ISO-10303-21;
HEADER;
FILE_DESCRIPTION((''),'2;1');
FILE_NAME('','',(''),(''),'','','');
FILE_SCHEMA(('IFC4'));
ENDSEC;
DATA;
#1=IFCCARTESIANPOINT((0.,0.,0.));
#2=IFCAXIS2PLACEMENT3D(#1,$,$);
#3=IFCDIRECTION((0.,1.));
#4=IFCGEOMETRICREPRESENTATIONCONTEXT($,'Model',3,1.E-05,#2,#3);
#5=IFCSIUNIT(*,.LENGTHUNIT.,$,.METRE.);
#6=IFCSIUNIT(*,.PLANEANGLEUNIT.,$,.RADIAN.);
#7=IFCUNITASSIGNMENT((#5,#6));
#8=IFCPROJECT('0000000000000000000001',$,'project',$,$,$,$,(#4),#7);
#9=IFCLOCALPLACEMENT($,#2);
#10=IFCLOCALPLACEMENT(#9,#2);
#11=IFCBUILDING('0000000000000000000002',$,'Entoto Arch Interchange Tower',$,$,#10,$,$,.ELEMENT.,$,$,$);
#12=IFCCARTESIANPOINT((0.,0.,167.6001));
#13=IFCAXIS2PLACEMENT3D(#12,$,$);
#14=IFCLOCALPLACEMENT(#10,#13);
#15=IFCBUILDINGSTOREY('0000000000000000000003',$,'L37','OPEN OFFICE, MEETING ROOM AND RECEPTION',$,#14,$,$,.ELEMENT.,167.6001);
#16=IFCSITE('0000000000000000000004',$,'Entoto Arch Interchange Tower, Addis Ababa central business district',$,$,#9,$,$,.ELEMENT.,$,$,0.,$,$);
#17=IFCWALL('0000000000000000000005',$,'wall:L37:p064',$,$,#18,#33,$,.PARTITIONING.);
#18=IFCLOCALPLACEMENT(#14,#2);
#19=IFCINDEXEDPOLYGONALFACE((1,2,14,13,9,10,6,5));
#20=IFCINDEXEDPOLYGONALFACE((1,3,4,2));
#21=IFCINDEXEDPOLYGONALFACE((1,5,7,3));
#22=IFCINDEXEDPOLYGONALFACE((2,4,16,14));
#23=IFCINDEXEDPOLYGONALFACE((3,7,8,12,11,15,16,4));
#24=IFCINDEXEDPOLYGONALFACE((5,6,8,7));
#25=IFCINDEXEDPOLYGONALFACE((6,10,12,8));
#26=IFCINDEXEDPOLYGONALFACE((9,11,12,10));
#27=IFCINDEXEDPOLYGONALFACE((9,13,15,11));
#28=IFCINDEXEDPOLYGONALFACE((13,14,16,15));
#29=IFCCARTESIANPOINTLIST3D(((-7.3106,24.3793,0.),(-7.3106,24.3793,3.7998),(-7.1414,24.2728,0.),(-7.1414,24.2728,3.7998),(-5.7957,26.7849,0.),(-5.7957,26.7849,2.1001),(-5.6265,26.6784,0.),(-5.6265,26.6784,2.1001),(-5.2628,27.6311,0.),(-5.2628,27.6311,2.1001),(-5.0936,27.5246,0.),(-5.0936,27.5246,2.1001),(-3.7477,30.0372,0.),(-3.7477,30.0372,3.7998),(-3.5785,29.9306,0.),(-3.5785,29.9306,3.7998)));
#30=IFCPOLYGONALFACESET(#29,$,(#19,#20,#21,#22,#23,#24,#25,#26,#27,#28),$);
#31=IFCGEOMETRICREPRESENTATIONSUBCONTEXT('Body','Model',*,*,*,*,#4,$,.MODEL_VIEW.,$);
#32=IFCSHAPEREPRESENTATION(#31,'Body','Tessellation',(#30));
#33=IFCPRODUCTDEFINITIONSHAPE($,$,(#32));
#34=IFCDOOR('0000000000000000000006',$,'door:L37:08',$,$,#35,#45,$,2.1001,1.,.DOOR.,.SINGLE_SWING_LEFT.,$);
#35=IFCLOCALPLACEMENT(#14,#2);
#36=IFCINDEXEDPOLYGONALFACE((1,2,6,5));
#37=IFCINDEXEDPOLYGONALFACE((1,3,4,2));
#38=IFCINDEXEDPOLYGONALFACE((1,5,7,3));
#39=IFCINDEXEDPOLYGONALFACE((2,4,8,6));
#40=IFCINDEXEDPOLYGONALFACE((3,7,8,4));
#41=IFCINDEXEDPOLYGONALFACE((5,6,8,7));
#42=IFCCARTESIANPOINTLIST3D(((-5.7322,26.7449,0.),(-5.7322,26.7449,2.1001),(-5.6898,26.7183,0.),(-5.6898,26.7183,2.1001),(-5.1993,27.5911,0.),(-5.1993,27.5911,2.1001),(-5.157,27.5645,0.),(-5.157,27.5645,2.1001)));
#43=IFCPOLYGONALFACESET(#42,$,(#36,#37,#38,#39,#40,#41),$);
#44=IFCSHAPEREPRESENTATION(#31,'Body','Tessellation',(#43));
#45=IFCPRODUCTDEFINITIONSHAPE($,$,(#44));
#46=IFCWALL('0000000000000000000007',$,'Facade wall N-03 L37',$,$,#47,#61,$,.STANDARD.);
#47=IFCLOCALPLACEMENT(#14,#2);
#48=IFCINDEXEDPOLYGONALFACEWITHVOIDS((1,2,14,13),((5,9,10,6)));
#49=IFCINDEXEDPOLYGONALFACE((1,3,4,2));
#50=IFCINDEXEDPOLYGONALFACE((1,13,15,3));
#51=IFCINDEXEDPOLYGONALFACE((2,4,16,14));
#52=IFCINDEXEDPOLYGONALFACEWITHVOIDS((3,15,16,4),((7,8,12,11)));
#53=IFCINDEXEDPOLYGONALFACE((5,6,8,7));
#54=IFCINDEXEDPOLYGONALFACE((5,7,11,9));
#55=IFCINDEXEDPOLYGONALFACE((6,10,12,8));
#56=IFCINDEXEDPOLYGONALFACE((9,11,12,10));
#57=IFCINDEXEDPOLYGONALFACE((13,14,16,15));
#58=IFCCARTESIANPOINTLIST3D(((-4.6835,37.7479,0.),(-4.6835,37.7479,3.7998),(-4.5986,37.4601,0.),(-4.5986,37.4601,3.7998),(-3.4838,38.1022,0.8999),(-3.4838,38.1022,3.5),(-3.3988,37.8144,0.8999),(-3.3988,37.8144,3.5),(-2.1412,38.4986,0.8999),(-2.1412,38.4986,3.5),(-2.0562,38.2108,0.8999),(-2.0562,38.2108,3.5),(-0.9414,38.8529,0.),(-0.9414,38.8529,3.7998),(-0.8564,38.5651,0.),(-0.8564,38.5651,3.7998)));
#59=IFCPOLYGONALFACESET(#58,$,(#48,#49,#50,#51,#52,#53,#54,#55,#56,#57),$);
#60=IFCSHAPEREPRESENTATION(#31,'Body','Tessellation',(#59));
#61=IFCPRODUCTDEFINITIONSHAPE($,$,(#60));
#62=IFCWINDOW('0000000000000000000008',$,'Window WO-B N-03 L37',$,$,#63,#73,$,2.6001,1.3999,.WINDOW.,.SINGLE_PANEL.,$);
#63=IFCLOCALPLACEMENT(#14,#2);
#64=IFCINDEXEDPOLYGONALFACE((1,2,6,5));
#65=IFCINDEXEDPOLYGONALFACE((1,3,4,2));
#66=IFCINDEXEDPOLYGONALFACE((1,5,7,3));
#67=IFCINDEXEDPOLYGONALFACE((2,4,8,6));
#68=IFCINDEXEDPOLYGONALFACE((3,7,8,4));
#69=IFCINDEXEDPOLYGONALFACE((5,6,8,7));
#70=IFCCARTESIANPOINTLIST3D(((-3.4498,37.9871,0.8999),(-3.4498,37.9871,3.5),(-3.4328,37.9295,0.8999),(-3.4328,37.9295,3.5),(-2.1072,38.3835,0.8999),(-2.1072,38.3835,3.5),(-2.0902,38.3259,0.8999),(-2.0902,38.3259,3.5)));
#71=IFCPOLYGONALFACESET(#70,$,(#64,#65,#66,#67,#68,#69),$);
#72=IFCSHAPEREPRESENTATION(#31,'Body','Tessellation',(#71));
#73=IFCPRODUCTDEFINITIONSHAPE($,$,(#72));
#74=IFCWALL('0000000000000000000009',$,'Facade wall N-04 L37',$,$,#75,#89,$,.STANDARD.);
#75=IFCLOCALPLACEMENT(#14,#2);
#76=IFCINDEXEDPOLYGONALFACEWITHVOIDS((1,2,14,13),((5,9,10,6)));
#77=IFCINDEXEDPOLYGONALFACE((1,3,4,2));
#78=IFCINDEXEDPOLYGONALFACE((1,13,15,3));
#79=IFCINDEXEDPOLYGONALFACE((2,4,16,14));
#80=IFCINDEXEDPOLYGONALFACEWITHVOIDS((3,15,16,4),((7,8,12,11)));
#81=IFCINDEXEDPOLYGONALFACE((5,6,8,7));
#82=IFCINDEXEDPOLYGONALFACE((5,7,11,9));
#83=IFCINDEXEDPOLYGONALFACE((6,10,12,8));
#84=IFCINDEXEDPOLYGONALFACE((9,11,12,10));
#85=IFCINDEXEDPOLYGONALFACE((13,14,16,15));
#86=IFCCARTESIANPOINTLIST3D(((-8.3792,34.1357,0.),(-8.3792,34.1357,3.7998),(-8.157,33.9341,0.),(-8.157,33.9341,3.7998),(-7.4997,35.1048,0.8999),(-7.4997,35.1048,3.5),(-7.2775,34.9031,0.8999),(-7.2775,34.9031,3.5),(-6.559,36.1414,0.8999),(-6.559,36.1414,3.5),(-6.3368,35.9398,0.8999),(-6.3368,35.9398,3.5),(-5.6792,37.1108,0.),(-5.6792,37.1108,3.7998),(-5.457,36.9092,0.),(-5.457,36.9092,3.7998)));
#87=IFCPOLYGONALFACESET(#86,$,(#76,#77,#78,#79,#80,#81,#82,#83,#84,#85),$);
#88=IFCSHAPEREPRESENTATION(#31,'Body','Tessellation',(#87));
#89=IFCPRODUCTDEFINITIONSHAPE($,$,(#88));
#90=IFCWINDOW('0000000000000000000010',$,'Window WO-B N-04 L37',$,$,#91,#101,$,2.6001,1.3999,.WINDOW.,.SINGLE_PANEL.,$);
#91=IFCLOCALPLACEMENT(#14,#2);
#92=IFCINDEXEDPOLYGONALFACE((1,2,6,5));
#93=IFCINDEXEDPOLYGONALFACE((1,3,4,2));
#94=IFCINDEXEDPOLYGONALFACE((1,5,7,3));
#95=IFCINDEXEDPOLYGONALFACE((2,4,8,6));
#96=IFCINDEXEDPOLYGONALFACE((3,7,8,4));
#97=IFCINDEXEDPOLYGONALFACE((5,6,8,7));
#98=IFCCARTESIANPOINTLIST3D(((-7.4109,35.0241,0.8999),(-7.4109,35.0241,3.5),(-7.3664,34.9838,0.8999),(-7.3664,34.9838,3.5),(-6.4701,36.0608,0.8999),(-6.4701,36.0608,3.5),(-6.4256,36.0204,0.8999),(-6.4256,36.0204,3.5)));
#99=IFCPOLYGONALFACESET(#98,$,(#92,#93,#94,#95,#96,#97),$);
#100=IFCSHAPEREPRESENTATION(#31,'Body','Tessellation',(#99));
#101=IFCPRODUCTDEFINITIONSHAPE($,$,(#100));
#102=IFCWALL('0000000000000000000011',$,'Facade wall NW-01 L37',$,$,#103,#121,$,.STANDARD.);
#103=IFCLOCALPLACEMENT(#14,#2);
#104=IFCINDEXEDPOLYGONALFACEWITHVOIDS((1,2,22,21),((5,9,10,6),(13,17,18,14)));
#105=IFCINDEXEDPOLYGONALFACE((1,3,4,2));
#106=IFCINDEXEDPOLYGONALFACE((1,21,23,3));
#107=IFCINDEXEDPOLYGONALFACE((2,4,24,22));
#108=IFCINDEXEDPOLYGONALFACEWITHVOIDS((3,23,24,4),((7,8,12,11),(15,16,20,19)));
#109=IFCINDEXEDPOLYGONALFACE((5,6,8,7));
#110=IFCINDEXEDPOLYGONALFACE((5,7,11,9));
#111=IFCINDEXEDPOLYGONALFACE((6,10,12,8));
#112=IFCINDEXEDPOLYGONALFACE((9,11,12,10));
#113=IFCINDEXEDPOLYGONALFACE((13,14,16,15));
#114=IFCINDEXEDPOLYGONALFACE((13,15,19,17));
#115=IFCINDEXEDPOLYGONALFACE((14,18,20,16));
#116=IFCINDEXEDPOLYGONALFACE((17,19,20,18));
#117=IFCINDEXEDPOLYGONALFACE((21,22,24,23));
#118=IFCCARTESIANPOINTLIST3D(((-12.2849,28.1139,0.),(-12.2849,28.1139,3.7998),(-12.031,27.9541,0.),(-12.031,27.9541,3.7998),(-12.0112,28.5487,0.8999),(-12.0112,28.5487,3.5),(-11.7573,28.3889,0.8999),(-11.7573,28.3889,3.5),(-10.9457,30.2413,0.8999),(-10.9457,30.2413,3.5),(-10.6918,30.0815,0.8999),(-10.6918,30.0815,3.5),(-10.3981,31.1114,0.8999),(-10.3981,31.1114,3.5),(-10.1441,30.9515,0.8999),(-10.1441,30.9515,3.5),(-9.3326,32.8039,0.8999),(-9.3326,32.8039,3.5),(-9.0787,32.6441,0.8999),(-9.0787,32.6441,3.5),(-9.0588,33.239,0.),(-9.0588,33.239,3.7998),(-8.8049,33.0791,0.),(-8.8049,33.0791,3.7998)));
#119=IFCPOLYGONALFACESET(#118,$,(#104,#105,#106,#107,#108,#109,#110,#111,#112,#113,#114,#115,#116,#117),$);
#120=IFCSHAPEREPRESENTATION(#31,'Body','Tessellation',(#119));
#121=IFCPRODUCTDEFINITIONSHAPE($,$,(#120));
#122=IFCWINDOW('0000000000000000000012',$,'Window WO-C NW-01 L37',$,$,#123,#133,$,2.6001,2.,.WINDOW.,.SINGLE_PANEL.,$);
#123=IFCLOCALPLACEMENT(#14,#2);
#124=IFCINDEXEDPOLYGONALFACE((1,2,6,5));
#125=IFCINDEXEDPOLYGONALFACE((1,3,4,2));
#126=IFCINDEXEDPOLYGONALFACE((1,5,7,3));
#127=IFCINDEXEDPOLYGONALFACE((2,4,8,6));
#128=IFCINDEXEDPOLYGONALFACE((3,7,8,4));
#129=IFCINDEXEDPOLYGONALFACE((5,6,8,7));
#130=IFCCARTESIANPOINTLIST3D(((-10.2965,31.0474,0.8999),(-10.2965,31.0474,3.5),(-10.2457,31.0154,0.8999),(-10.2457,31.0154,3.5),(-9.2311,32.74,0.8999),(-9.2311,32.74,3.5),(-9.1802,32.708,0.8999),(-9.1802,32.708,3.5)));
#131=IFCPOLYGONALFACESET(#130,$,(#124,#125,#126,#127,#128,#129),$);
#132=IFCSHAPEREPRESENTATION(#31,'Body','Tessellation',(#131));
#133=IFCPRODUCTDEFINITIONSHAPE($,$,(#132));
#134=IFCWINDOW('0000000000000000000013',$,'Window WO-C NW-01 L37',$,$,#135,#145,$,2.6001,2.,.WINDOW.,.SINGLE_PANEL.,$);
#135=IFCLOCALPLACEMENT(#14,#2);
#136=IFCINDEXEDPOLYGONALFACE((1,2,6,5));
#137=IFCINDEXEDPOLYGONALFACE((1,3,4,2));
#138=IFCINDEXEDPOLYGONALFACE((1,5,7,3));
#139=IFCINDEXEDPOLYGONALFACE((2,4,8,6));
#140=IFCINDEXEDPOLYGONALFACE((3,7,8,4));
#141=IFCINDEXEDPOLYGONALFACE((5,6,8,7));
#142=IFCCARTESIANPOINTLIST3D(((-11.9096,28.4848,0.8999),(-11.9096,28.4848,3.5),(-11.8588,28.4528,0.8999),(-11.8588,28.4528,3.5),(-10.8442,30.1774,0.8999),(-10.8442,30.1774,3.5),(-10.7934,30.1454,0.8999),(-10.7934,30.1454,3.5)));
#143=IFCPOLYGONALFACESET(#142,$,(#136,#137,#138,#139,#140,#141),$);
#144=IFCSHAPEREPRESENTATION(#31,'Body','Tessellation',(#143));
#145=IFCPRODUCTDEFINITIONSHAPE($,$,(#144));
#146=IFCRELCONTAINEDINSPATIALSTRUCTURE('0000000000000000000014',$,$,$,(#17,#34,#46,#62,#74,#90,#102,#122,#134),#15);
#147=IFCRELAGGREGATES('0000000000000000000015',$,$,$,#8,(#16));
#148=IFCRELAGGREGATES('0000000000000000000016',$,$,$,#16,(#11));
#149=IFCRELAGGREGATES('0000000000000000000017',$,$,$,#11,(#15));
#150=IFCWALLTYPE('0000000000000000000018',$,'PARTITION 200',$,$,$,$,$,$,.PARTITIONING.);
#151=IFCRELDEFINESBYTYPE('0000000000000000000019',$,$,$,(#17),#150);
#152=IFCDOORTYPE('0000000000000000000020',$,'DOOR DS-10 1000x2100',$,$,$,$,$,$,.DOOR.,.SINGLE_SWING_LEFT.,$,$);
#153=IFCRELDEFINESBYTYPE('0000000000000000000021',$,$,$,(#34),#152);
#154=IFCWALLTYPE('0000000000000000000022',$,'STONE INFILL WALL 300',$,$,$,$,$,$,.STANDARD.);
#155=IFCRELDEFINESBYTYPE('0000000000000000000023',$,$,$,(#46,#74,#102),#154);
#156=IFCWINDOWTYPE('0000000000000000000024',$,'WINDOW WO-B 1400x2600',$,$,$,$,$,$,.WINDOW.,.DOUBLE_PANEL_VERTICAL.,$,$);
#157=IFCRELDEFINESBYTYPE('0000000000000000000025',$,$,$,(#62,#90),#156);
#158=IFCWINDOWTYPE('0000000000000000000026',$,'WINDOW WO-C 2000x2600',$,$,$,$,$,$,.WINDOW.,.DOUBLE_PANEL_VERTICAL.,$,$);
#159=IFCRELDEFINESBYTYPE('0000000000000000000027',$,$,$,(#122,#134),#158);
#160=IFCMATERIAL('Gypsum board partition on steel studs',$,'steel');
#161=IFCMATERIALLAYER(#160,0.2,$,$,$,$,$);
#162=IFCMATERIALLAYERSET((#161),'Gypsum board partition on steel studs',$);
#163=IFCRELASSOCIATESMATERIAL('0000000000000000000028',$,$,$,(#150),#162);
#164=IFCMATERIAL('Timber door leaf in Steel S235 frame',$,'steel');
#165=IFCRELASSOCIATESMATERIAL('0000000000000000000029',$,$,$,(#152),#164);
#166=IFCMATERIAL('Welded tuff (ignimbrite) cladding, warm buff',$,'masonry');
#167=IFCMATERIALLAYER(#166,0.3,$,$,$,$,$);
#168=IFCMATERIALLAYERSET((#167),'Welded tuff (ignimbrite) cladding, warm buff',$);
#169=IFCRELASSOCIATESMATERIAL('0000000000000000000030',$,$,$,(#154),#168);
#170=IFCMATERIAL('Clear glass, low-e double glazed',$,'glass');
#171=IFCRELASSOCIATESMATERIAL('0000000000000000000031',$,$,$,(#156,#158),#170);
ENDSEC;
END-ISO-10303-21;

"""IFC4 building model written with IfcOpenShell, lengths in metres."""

from ifc_helpers import new_model, si_unit, direction, frame, frame_2d, origin, place, context, subcontext, project, spatial, rectangle, extrude, material, layer, layer_set, type_object, element, fill, save


model = new_model("IFC4")

# Units and contexts
model_context = context("Model", 3, precision=1e-05, world=origin(), true_north=direction((0.0, 1.0)))
body_context = subcontext(model_context, "Body", "Model", "MODEL_VIEW")
ifc_project = project(units=[si_unit("LENGTHUNIT", "METRE"), si_unit("PLANEANGLEUNIT", "RADIAN")], contexts=[model_context])

# Site, building, storey
site_placement = place(None, origin())
site = spatial("IfcSite", under=ifc_project, at=site_placement, Name="Entoto Arch Interchange Tower, Addis Ababa central business district", CompositionType="ELEMENT", RefElevation=0.0)
building_placement = place(site_placement, origin())
building = spatial("IfcBuilding", under=site, at=building_placement, Name="Entoto Arch Interchange Tower", CompositionType="ELEMENT")
storey_placement = place(building_placement, frame((0.0, 0.0, 167.6001)))
storey = spatial("IfcBuildingStorey", under=building, at=storey_placement, Name="L37", Description="OPEN OFFICE, MEETING ROOM AND RECEPTION", CompositionType="ELEMENT", Elevation=167.6001)

# Shared definitions
ifc_material_1 = material(Name="Gypsum board partition on steel studs", Category="steel")
ifc_layer_1 = layer(ifc_material_1, 0.2)
ifc_layer_set_1 = layer_set([ifc_layer_1], Name="Gypsum board partition on steel studs")
wall_type_1 = type_object("IfcWallType", Name="PARTITION 200", PredefinedType="PARTITIONING", material=ifc_layer_set_1)

# Wall, opening, door
wall_1_placement = place(storey_placement, frame((-7.2261, 24.3259, 0.0), z_axis=(0.0, 0.0, 1.0), x_axis=(0.532874, 0.846194, 0.0)))
wall_1 = element("IfcWall", 1, at=wall_1_placement, inside=storey, type_object=wall_type_1, Name="wall:L37:p064", PredefinedType="PARTITIONING", context=body_context, shape_type="SweptSolid", body=[
    extrude(rectangle(XDim=6.6863, YDim=0.2, at=frame_2d((3.3433, 0.0))), origin(), (0.0, 0.0, 1.0), 3.7998),
])
opening_1_placement = place(wall_1_placement, frame((2.843, 0.0, 0.0)))
opening_1 = element("IfcOpeningElement", 2, at=opening_1_placement, cuts=wall_1, PredefinedType="OPENING", context=body_context, shape_type="SweptSolid", body=[
    extrude(rectangle(XDim=1.0, YDim=2.1001, at=frame_2d((0.5, 1.05))), frame((0.0, 0.1099, 0.0), z_axis=(0.0, -1.0, 0.0), x_axis=(1.0, 0.0, 0.0)), (0.0, 0.0, 1.0), 0.22),
])
ifc_material_2 = material(Name="Timber door leaf in Steel S235 frame", Category="steel")
door_type = type_object("IfcDoorType", Name="DOOR DS-10 1000x2100", OperationType="SINGLE_SWING_LEFT", PredefinedType="DOOR", material=ifc_material_2)
door_placement = place(opening_1_placement, origin())
door = element("IfcDoor", 3, at=door_placement, inside=storey, type_object=door_type, Name="door:L37:08", OperationType="SINGLE_SWING_LEFT", OverallHeight=2.1001, OverallWidth=1.0, PredefinedType="DOOR", context=body_context, shape_type="SweptSolid", body=[
    extrude(rectangle(XDim=1.0, YDim=2.1001, at=frame_2d((0.5, 1.05))), frame((0.0, 0.0249, 0.0), z_axis=(0.0, -1.0, 0.0), x_axis=(1.0, 0.0, 0.0)), (0.0, 0.0, 1.0), 0.05),
])
fill(opening_1, door)

# Walls, openings, windows
ifc_material_3 = material(Name="Welded tuff (ignimbrite) cladding, warm buff", Category="masonry")
ifc_layer_2 = layer(ifc_material_3, 0.3)
ifc_layer_set_2 = layer_set([ifc_layer_2], Name="Welded tuff (ignimbrite) cladding, warm buff")
wall_type_2 = type_object("IfcWallType", Name="STONE INFILL WALL 300", PredefinedType="STANDARD", material=ifc_layer_set_2)
wall_2_placement = place(storey_placement, frame((-0.8989, 38.709, 0.0), z_axis=(0.0, 0.0, 1.0), x_axis=(-0.959064, -0.283189, 0.0)))
wall_2 = element("IfcWall", 4, at=wall_2_placement, inside=storey, type_object=wall_type_2, Name="Facade wall N-03 L37", PredefinedType="STANDARD", context=body_context, shape_type="SweptSolid", body=[
    extrude(rectangle(XDim=3.9019, YDim=0.3, at=frame_2d((1.9509, 0.0))), origin(), (0.0, 0.0, 1.0), 3.7998),
])
opening_2_placement = place(wall_2_placement, frame((1.251, 0.0, 0.8999)))
opening_2 = element("IfcOpeningElement", 5, at=opening_2_placement, cuts=wall_2, PredefinedType="OPENING", context=body_context, shape_type="SweptSolid", body=[
    extrude(rectangle(XDim=1.3999, YDim=2.6001, at=frame_2d((0.7, 1.3))), frame((0.0, 0.1602, 0.0), z_axis=(0.0, -1.0, 0.0), x_axis=(1.0, 0.0, 0.0)), (0.0, 0.0, 1.0), 0.3201),
])
ifc_material_4 = material(Name="Clear glass, low-e double glazed", Category="glass")
window_type_1 = type_object("IfcWindowType", Name="WINDOW WO-B 1400x2600", PartitioningType="DOUBLE_PANEL_VERTICAL", PredefinedType="WINDOW", material=ifc_material_4)
window_1_placement = place(opening_2_placement, origin())
window_1 = element("IfcWindow", 6, at=window_1_placement, inside=storey, type_object=window_type_1, Name="Window WO-B N-03 L37", OverallHeight=2.6001, OverallWidth=1.3999, PartitioningType="SINGLE_PANEL", PredefinedType="WINDOW", context=body_context, shape_type="SweptSolid", body=[
    extrude(rectangle(XDim=1.3999, YDim=2.6001, at=frame_2d((0.7, 1.3))), frame((0.0, 0.03, 0.0), z_axis=(0.0, -1.0, 0.0), x_axis=(1.0, 0.0, 0.0)), (0.0, 0.0, 1.0), 0.0601),
])
fill(opening_2, window_1)
wall_3_placement = place(storey_placement, frame((-5.5681, 37.01, 0.0), z_axis=(0.0, 0.0, 1.0), x_axis=(-0.672034, -0.74052, 0.0)))
wall_3 = element("IfcWall", 7, at=wall_3_placement, inside=storey, type_object=wall_type_2, Name="Facade wall N-04 L37", PredefinedType="STANDARD", context=body_context, shape_type="SweptSolid", body=[
    extrude(rectangle(XDim=4.0176, YDim=0.3, at=frame_2d((2.0088, 0.0))), origin(), (0.0, 0.0, 1.0), 3.7998),
])
opening_3_placement = place(wall_3_placement, frame((1.3091, 0.0, 0.8999)))
opening_3 = element("IfcOpeningElement", 8, at=opening_3_placement, cuts=wall_3, PredefinedType="OPENING", context=body_context, shape_type="SweptSolid", body=[
    extrude(rectangle(XDim=1.3999, YDim=2.6001, at=frame_2d((0.7, 1.3))), frame((0.0, 0.1602, 0.0), z_axis=(0.0, -1.0, 0.0), x_axis=(1.0, 0.0, 0.0)), (0.0, 0.0, 1.0), 0.3201),
])
window_2_placement = place(opening_3_placement, origin())
window_2 = element("IfcWindow", 9, at=window_2_placement, inside=storey, type_object=window_type_1, Name="Window WO-B N-04 L37", OverallHeight=2.6001, OverallWidth=1.3999, PartitioningType="SINGLE_PANEL", PredefinedType="WINDOW", context=body_context, shape_type="SweptSolid", body=[
    extrude(rectangle(XDim=1.3999, YDim=2.6001, at=frame_2d((0.7, 1.3))), frame((0.0, 0.03, 0.0), z_axis=(0.0, -1.0, 0.0), x_axis=(1.0, 0.0, 0.0)), (0.0, 0.0, 1.0), 0.0601),
])
fill(opening_3, window_2)

# Wall, openings, windows
wall_4_placement = place(storey_placement, frame((-8.9319, 33.1589, 0.0), z_axis=(0.0, 0.0, 1.0), x_axis=(-0.532721, -0.846291, 0.0)))
wall_4 = element("IfcWall", 10, at=wall_4_placement, inside=storey, type_object=wall_type_2, Name="Facade wall NW-01 L37", PredefinedType="STANDARD", context=body_context, shape_type="SweptSolid", body=[
    extrude(rectangle(XDim=6.0559, YDim=0.3, at=frame_2d((3.0278, 0.0))), origin(), (0.0, 0.0, 1.0), 3.7998),
])
opening_4_placement = place(wall_4_placement, frame((0.5139, 0.0, 0.8999)))
opening_4 = element("IfcOpeningElement", 11, at=opening_4_placement, cuts=wall_4, PredefinedType="OPENING", context=body_context, shape_type="SweptSolid", body=[
    extrude(rectangle(XDim=2.0, YDim=2.6001, at=frame_2d((1.0, 1.3))), frame((0.0, 0.1602, 0.0), z_axis=(0.0, -1.0, 0.0), x_axis=(1.0, 0.0, 0.0)), (0.0, 0.0, 1.0), 0.3201),
])
opening_5_placement = place(wall_4_placement, frame((3.542, 0.0, 0.8999)))
opening_5 = element("IfcOpeningElement", 12, at=opening_5_placement, cuts=wall_4, PredefinedType="OPENING", context=body_context, shape_type="SweptSolid", body=[
    extrude(rectangle(XDim=2.0, YDim=2.6001, at=frame_2d((1.0, 1.3))), frame((0.0, 0.1602, 0.0), z_axis=(0.0, -1.0, 0.0), x_axis=(1.0, 0.0, 0.0)), (0.0, 0.0, 1.0), 0.3201),
])
window_type_2 = type_object("IfcWindowType", Name="WINDOW WO-C 2000x2600", PartitioningType="DOUBLE_PANEL_VERTICAL", PredefinedType="WINDOW", material=ifc_material_4)
window_3_placement = place(opening_4_placement, origin())
window_3 = element("IfcWindow", 13, at=window_3_placement, inside=storey, type_object=window_type_2, Name="Window WO-C NW-01 L37", OverallHeight=2.6001, OverallWidth=2.0, PartitioningType="SINGLE_PANEL", PredefinedType="WINDOW", context=body_context, shape_type="SweptSolid", body=[
    extrude(rectangle(XDim=2.0, YDim=2.6001, at=frame_2d((1.0, 1.3))), frame((0.0, 0.03, 0.0), z_axis=(0.0, -1.0, 0.0), x_axis=(1.0, 0.0, 0.0)), (0.0, 0.0, 1.0), 0.0601),
])
fill(opening_4, window_3)
window_4_placement = place(opening_5_placement, origin())
window_4 = element("IfcWindow", 14, at=window_4_placement, inside=storey, type_object=window_type_2, Name="Window WO-C NW-01 L37", OverallHeight=2.6001, OverallWidth=2.0, PartitioningType="SINGLE_PANEL", PredefinedType="WINDOW", context=body_context, shape_type="SweptSolid", body=[
    extrude(rectangle(XDim=2.0, YDim=2.6001, at=frame_2d((1.0, 1.3))), frame((0.0, 0.03, 0.0), z_axis=(0.0, -1.0, 0.0), x_axis=(1.0, 0.0, 0.0)), (0.0, 0.0, 1.0), 0.0601),
])
fill(opening_5, window_4)

save(model, "model.ifc")
